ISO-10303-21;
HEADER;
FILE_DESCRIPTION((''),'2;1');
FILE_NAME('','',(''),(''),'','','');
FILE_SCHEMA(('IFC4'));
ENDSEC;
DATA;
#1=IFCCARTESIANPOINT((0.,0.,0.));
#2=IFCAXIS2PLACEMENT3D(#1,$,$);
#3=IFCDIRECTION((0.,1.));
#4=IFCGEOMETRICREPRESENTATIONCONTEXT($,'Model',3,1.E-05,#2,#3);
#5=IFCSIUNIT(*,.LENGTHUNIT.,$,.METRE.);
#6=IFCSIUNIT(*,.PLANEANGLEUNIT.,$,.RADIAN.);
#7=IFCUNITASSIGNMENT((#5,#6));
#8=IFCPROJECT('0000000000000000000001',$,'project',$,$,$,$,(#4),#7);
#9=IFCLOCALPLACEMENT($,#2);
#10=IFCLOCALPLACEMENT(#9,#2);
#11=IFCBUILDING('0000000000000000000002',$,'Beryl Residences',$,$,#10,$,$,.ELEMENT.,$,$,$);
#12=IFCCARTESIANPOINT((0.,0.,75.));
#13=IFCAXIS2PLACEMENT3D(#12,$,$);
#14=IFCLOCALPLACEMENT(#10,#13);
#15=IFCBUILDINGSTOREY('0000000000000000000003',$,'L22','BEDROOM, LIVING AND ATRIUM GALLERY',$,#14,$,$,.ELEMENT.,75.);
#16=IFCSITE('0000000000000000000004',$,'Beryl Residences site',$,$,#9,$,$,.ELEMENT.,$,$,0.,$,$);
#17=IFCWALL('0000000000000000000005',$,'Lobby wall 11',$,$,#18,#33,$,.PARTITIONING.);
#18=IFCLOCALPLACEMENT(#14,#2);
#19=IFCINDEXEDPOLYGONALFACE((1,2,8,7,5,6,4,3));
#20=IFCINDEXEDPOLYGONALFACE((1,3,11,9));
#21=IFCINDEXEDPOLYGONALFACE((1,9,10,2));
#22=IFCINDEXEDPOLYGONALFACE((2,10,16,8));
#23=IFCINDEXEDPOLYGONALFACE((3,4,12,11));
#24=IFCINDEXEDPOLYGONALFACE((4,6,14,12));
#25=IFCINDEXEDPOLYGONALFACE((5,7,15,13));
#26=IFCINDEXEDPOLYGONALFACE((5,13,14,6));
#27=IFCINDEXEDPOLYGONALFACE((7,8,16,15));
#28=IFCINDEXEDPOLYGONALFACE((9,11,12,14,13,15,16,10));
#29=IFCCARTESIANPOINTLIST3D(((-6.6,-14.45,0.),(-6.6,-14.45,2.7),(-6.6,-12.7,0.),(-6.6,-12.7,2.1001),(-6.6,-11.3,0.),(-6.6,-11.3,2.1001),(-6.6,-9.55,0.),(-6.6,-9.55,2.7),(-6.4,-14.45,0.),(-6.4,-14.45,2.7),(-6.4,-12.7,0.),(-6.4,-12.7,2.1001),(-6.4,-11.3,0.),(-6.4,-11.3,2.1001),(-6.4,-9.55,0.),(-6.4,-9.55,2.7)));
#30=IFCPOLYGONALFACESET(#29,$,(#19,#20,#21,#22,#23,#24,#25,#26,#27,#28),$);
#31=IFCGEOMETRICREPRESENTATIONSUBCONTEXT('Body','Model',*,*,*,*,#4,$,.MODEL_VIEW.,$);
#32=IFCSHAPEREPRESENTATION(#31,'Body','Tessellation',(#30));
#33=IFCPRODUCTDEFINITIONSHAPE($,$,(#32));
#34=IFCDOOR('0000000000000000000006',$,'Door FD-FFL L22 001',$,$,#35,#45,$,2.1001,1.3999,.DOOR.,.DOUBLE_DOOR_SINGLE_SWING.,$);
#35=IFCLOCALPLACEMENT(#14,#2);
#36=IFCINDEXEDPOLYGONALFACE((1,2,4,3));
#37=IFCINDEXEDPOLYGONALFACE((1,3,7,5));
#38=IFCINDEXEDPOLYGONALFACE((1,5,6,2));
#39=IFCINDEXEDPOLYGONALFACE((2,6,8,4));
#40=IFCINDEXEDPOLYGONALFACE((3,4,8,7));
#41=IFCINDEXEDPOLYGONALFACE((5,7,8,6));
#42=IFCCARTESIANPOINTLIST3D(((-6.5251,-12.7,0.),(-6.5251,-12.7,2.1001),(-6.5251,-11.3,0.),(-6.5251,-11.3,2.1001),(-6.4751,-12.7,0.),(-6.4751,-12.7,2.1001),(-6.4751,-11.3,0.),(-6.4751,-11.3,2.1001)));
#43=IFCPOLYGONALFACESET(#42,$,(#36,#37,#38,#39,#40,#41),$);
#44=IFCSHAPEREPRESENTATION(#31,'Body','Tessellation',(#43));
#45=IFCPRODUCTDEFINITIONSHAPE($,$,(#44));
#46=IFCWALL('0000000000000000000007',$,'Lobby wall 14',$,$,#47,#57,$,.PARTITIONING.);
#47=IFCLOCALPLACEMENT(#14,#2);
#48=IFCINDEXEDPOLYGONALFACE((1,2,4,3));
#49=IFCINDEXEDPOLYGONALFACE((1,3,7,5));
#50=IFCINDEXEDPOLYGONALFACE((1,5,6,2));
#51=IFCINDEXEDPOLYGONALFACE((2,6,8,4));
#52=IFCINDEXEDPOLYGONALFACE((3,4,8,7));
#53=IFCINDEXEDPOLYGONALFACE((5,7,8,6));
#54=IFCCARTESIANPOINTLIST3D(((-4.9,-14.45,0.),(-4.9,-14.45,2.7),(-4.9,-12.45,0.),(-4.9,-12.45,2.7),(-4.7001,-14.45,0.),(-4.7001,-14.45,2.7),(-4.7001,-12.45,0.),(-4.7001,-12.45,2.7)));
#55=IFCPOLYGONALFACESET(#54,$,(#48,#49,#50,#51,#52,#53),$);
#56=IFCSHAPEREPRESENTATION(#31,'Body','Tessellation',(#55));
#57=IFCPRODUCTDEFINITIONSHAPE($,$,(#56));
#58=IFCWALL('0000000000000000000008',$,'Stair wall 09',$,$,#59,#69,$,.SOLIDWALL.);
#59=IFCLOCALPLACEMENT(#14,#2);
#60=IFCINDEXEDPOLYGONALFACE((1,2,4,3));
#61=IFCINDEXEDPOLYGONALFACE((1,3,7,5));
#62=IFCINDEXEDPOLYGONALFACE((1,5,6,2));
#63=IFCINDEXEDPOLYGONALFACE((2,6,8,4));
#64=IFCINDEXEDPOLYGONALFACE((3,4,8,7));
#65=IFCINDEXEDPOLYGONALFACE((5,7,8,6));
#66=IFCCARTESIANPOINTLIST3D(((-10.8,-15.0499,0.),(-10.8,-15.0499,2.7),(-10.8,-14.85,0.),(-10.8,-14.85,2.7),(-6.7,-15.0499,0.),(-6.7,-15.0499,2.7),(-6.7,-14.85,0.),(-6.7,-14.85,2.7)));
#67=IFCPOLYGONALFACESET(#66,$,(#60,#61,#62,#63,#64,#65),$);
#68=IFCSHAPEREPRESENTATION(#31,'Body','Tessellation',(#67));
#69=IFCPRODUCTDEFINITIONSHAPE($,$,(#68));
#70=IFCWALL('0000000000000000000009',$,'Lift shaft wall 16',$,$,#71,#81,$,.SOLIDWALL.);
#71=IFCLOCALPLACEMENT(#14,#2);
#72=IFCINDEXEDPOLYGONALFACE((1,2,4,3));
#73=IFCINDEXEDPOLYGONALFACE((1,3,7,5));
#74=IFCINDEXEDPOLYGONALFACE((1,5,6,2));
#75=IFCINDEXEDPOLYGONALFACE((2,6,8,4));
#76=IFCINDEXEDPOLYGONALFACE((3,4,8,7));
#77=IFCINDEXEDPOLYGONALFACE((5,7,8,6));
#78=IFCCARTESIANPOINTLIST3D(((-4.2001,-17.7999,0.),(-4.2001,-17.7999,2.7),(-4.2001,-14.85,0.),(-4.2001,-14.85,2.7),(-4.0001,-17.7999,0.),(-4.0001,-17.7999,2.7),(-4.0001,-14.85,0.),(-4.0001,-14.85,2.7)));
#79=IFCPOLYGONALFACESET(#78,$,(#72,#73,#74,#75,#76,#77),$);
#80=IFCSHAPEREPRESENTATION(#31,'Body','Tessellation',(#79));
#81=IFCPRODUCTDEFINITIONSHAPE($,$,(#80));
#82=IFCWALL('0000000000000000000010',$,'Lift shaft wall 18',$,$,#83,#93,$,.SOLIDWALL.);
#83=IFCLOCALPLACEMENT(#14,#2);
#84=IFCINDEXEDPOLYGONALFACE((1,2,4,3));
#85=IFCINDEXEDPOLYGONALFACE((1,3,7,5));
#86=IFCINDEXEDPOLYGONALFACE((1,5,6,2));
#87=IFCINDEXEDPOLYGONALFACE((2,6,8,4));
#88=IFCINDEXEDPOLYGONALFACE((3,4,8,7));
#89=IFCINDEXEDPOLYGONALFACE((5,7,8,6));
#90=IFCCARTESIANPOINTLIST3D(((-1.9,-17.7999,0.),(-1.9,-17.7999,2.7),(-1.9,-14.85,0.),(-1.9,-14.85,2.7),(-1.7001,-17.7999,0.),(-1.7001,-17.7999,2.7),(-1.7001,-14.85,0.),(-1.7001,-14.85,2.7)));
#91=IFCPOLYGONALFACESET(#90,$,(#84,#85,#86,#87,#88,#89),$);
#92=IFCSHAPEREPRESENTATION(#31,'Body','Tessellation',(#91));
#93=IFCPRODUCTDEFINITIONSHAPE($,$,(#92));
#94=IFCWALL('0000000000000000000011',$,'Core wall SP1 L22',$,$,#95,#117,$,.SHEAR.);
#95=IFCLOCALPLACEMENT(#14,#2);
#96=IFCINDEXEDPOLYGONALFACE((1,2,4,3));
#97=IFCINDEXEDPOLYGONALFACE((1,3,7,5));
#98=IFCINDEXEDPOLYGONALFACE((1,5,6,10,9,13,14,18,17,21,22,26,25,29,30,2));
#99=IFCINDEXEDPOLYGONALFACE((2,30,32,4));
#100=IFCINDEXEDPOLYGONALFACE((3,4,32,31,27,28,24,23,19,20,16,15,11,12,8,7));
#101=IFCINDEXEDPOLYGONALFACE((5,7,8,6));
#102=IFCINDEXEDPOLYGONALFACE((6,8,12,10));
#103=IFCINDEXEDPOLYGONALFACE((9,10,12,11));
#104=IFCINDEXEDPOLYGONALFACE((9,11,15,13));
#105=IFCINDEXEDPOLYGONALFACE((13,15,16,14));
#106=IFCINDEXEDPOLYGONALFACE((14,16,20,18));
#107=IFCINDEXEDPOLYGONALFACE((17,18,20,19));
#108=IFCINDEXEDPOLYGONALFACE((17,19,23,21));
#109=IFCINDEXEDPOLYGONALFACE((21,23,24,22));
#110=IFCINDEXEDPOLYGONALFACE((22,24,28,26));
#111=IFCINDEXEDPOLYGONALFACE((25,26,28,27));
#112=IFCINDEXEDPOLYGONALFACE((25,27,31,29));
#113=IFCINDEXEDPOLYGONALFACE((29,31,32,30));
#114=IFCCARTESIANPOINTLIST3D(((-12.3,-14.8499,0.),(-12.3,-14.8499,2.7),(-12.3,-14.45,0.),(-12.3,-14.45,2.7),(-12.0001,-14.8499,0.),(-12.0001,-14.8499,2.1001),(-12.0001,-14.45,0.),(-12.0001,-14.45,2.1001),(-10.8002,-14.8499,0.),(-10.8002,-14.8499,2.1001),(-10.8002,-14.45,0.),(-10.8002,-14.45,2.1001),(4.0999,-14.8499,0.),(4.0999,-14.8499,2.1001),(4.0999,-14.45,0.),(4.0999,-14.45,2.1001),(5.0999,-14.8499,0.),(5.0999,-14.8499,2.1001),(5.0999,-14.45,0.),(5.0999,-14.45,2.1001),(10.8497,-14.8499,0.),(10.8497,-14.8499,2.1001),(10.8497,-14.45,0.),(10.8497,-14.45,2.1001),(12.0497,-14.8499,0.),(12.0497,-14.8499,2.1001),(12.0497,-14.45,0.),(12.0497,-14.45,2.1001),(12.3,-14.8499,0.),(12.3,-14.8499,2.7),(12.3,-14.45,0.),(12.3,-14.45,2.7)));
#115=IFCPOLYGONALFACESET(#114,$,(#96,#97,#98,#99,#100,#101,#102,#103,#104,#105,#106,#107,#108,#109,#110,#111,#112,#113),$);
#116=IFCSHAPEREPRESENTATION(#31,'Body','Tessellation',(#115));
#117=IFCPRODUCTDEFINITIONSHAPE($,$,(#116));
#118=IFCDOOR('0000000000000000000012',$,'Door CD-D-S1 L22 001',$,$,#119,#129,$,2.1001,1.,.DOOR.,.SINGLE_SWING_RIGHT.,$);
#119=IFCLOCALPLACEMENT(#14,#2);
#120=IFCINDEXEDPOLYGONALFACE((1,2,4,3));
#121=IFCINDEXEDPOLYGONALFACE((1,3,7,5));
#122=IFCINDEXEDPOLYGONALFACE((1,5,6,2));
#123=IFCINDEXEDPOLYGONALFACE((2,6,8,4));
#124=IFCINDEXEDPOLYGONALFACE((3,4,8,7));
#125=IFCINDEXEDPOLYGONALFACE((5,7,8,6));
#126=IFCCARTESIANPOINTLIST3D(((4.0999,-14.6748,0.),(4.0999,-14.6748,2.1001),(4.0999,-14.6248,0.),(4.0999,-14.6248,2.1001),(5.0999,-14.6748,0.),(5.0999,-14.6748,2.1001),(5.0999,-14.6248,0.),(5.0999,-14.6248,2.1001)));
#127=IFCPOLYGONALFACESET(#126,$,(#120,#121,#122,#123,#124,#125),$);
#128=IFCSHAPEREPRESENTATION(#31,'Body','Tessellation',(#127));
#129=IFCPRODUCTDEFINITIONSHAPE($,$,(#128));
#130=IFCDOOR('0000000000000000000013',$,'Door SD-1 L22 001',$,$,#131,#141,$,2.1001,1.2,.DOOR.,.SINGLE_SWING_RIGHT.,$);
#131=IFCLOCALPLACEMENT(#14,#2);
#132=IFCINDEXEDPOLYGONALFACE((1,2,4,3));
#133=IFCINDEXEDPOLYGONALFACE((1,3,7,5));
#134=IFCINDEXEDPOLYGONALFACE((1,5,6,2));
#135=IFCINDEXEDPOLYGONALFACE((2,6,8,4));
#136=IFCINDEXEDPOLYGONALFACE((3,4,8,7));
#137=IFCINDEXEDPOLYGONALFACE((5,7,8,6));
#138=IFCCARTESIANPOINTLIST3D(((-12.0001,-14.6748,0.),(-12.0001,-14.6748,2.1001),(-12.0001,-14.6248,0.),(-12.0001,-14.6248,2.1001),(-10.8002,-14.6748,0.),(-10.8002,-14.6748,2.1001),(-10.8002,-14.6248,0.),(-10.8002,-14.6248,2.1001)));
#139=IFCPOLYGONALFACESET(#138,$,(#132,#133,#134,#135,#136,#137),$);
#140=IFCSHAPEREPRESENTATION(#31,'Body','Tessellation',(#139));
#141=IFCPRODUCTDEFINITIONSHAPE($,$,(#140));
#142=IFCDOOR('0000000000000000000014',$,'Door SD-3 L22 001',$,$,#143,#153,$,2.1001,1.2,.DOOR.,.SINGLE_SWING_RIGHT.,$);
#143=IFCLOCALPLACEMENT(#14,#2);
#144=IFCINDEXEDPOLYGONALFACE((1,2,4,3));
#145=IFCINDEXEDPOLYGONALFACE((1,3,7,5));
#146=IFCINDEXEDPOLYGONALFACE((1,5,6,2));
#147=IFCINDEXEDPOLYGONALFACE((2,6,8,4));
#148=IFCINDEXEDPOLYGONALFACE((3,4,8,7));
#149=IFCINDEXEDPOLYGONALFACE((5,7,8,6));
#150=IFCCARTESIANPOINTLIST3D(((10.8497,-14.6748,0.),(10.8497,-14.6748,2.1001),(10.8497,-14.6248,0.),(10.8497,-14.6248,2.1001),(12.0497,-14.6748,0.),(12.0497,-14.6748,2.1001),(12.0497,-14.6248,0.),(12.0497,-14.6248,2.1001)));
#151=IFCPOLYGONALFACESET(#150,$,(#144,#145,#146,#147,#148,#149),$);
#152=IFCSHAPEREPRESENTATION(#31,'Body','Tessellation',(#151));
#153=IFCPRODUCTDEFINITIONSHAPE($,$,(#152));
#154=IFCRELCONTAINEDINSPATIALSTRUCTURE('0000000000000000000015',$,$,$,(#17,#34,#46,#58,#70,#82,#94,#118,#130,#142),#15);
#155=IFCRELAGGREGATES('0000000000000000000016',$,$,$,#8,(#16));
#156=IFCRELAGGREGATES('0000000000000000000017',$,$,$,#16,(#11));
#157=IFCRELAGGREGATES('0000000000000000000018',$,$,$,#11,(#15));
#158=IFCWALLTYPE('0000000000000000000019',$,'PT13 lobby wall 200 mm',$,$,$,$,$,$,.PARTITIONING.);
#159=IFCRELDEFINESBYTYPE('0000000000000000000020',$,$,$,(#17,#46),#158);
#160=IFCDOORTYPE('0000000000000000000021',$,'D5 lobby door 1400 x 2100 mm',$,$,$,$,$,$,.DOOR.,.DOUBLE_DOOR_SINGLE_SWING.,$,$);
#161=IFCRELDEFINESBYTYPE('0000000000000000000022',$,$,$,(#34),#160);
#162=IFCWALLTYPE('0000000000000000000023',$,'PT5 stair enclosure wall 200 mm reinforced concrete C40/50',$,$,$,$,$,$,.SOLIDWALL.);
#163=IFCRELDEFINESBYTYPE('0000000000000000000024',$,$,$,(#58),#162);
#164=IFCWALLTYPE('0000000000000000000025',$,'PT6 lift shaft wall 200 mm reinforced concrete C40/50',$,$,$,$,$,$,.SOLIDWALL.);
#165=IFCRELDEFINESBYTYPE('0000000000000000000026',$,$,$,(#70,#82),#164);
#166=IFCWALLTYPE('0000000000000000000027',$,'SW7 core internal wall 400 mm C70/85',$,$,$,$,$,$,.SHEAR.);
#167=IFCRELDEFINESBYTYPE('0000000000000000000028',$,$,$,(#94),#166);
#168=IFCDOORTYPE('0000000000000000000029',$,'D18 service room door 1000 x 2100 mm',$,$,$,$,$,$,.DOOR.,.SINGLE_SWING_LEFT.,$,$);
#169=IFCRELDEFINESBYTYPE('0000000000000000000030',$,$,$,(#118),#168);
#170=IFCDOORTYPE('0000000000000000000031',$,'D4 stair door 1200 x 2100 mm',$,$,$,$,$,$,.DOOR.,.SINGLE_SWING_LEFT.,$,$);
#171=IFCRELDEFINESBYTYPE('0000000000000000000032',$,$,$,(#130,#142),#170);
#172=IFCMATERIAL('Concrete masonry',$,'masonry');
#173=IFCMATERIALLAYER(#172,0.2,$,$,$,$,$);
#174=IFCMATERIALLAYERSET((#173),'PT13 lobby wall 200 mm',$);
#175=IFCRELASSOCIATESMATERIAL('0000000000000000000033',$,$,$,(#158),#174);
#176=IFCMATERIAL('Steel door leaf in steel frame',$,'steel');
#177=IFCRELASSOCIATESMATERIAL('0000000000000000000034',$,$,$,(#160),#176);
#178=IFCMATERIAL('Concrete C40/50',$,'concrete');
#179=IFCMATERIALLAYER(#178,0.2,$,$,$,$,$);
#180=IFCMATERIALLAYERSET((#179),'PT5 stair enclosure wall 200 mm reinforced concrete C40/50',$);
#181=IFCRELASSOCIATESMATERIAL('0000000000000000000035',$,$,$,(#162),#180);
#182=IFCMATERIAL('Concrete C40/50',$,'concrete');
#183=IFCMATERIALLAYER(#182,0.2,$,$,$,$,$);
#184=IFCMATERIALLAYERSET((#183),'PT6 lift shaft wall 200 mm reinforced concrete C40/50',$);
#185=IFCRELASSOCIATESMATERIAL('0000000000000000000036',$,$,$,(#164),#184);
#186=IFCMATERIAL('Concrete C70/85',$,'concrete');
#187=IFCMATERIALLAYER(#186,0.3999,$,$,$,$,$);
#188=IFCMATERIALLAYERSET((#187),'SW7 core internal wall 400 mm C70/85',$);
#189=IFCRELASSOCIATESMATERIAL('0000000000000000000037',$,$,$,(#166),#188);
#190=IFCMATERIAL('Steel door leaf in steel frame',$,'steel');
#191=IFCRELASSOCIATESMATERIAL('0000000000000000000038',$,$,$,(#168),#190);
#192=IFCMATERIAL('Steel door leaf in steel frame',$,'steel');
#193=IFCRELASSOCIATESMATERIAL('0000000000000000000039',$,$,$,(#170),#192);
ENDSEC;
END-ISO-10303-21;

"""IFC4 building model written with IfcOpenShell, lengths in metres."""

from ifc_helpers import new_model, si_unit, direction, frame, frame_2d, origin, place, context, subcontext, project, spatial, rectangle, extrude, material, layer, layer_set, type_object, element, fill, save


model = new_model("IFC4")

# Units and contexts
model_context = context("Model", 3, precision=1e-05, world=origin(), true_north=direction((0.0, 1.0)))
body_context = subcontext(model_context, "Body", "Model", "MODEL_VIEW")
ifc_project = project(units=[si_unit("LENGTHUNIT", "METRE"), si_unit("PLANEANGLEUNIT", "RADIAN")], contexts=[model_context])

# Site, building, storey
site_placement = place(None, origin())
site = spatial("IfcSite", under=ifc_project, at=site_placement, Name="Beryl Residences site", CompositionType="ELEMENT", RefElevation=0.0)
building_placement = place(site_placement, origin())
building = spatial("IfcBuilding", under=site, at=building_placement, Name="Beryl Residences", CompositionType="ELEMENT")
storey_placement = place(building_placement, frame((0.0, 0.0, 75.0)))
storey = spatial("IfcBuildingStorey", under=building, at=storey_placement, Name="L22", Description="BEDROOM, LIVING AND ATRIUM GALLERY", CompositionType="ELEMENT", Elevation=75.0)

# Wall, opening, door
ifc_material_1 = material(Name="Concrete masonry", Category="masonry")
ifc_layer_1 = layer(ifc_material_1, 0.2)
ifc_layer_set_1 = layer_set([ifc_layer_1], Name="PT13 lobby wall 200 mm")
wall_type_1 = type_object("IfcWallType", Name="PT13 lobby wall 200 mm", PredefinedType="PARTITIONING", material=ifc_layer_set_1)
wall_1_placement = place(storey_placement, frame((-6.5, -14.45, 0.0), z_axis=(0.0, 0.0, 1.0), x_axis=(0.0, 1.0, 0.0)))
wall_1 = element("IfcWall", 1, at=wall_1_placement, inside=storey, type_object=wall_type_1, Name="Lobby wall 11", PredefinedType="PARTITIONING", context=body_context, shape_type="SweptSolid", body=[
    extrude(rectangle(XDim=4.8999, YDim=0.2, at=frame_2d((2.45, 0.0))), origin(), (0.0, 0.0, 1.0), 2.7),
])
opening_1_placement = place(wall_1_placement, frame((3.1499, 0.0, 0.0), z_axis=(0.0, 0.0, 1.0), x_axis=(-1.0, 0.0, 0.0)))
opening_1 = element("IfcOpeningElement", 2, at=opening_1_placement, cuts=wall_1, PredefinedType="OPENING", context=body_context, shape_type="SweptSolid", body=[
    extrude(rectangle(XDim=1.3999, YDim=2.1001, at=frame_2d((0.7, 1.05))), frame((0.0, 0.1099, 0.0), z_axis=(0.0, -1.0, 0.0), x_axis=(1.0, 0.0, 0.0)), (0.0, 0.0, 1.0), 0.22),
])
ifc_material_2 = material(Name="Steel door leaf in steel frame", Category="steel")
door_type_1 = type_object("IfcDoorType", Name="D5 lobby door 1400 x 2100 mm", OperationType="DOUBLE_DOOR_SINGLE_SWING", PredefinedType="DOOR", material=ifc_material_2)
door_1_placement = place(opening_1_placement, origin())
door_1 = element("IfcDoor", 3, at=door_1_placement, inside=storey, type_object=door_type_1, Name="Door FD-FFL L22 001", OperationType="DOUBLE_DOOR_SINGLE_SWING", OverallHeight=2.1001, OverallWidth=1.3999, PredefinedType="DOOR", context=body_context, shape_type="SweptSolid", body=[
    extrude(rectangle(XDim=1.3999, YDim=2.1001, at=frame_2d((0.7, 1.05))), frame((0.0, 0.0249, 0.0), z_axis=(0.0, -1.0, 0.0), x_axis=(1.0, 0.0, 0.0)), (0.0, 0.0, 1.0), 0.05),
])
fill(opening_1, door_1)

# Walls
wall_2_placement = place(storey_placement, frame((-4.8, -14.45, 0.0), z_axis=(0.0, 0.0, 1.0), x_axis=(0.0, 1.0, 0.0)))
element("IfcWall", 4, at=wall_2_placement, inside=storey, type_object=wall_type_1, Name="Lobby wall 14", PredefinedType="PARTITIONING", context=body_context, shape_type="SweptSolid", body=[
    extrude(rectangle(XDim=2.0, YDim=0.2, at=frame_2d((1.0, 0.0))), origin(), (0.0, 0.0, 1.0), 2.7),
])
ifc_material_3 = material(Name="Concrete C40/50", Category="concrete")
ifc_layer_2 = layer(ifc_material_3, 0.2)
ifc_layer_set_2 = layer_set([ifc_layer_2], Name="PT5 stair enclosure wall 200 mm reinforced concrete C40/50")
wall_type_2 = type_object("IfcWallType", Name="PT5 stair enclosure wall 200 mm reinforced concrete C40/50", PredefinedType="SOLIDWALL", material=ifc_layer_set_2)
wall_3_placement = place(storey_placement, frame((-10.8, -14.95, 0.0), z_axis=(0.0, 0.0, 1.0), x_axis=(1.0, 0.0, 0.0)))
element("IfcWall", 5, at=wall_3_placement, inside=storey, type_object=wall_type_2, Name="Stair wall 09", PredefinedType="SOLIDWALL", context=body_context, shape_type="SweptSolid", body=[
    extrude(rectangle(XDim=4.1001, YDim=0.2, at=frame_2d((2.05, 0.0))), origin(), (0.0, 0.0, 1.0), 2.7),
])
ifc_material_4 = material(Name="Concrete C40/50", Category="concrete")
ifc_layer_3 = layer(ifc_material_4, 0.2)
ifc_layer_set_3 = layer_set([ifc_layer_3], Name="PT6 lift shaft wall 200 mm reinforced concrete C40/50")
wall_type_3 = type_object("IfcWallType", Name="PT6 lift shaft wall 200 mm reinforced concrete C40/50", PredefinedType="SOLIDWALL", material=ifc_layer_set_3)
for number, where, z_axis, x_axis, name in (
    (6, (-4.1001, -17.8, 0.0), (0.0, 0.0, 1.0), (0.0, 1.0, 0.0), "Lift shaft wall 16"),
    (7, (-1.8, -17.8, 0.0), (0.0, 0.0, 1.0), (0.0, 1.0, 0.0), "Lift shaft wall 18"),
):
    element("IfcWall", number, at=place(storey_placement, frame(where, z_axis=z_axis, x_axis=x_axis)), inside=storey, type_object=wall_type_3, Name=name, PredefinedType="SOLIDWALL", context=body_context, shape_type="SweptSolid", body=[
        extrude(rectangle(XDim=2.95, YDim=0.2, at=frame_2d((1.4751, 0.0))), origin(), (0.0, 0.0, 1.0), 2.7),
    ])

# Wall, openings, doors
ifc_material_5 = material(Name="Concrete C70/85", Category="concrete")
ifc_layer_4 = layer(ifc_material_5, 0.3999)
ifc_layer_set_4 = layer_set([ifc_layer_4], Name="SW7 core internal wall 400 mm C70/85")
wall_type_4 = type_object("IfcWallType", Name="SW7 core internal wall 400 mm C70/85", PredefinedType="SHEAR", material=ifc_layer_set_4)
wall_4_placement = place(storey_placement, frame((-12.3, -14.6499, 0.0), z_axis=(0.0, 0.0, 1.0), x_axis=(1.0, 0.0, 0.0)))
wall_4 = element("IfcWall", 8, at=wall_4_placement, inside=storey, type_object=wall_type_4, Name="Core wall SP1 L22", PredefinedType="SHEAR", context=body_context, shape_type="SweptSolid", body=[
    extrude(rectangle(XDim=24.6001, YDim=0.3999, at=frame_2d((12.3, 0.0))), origin(), (0.0, 0.0, 1.0), 2.7),
])
opening_2_placement = place(wall_4_placement, frame((1.5, 0.0, 0.0), z_axis=(0.0, 0.0, 1.0), x_axis=(-1.0, 0.0, 0.0)))
opening_2 = element("IfcOpeningElement", 9, at=opening_2_placement, cuts=wall_4, PredefinedType="OPENING", context=body_context, shape_type="SweptSolid", body=[
    extrude(rectangle(XDim=1.2, YDim=2.1001, at=frame_2d((0.6001, 1.05))), frame((0.0, 0.21, 0.0), z_axis=(0.0, -1.0, 0.0), x_axis=(1.0, 0.0, 0.0)), (0.0, 0.0, 1.0), 0.4199),
])
opening_3_placement = place(wall_4_placement, frame((24.3499, 0.0, 0.0), z_axis=(0.0, 0.0, 1.0), x_axis=(-1.0, 0.0, 0.0)))
opening_3 = element("IfcOpeningElement", 10, at=opening_3_placement, cuts=wall_4, PredefinedType="OPENING", context=body_context, shape_type="SweptSolid", body=[
    extrude(rectangle(XDim=1.2, YDim=2.1001, at=frame_2d((0.6001, 1.05))), frame((0.0, 0.21, 0.0), z_axis=(0.0, -1.0, 0.0), x_axis=(1.0, 0.0, 0.0)), (0.0, 0.0, 1.0), 0.4199),
])
opening_4_placement = place(wall_4_placement, frame((17.3999, 0.0, 0.0), z_axis=(0.0, 0.0, 1.0), x_axis=(-1.0, 0.0, 0.0)))
opening_4 = element("IfcOpeningElement", 11, at=opening_4_placement, cuts=wall_4, PredefinedType="OPENING", context=body_context, shape_type="SweptSolid", body=[
    extrude(rectangle(XDim=1.0, YDim=2.1001, at=frame_2d((0.5, 1.05))), frame((0.0, 0.21, 0.0), z_axis=(0.0, -1.0, 0.0), x_axis=(1.0, 0.0, 0.0)), (0.0, 0.0, 1.0), 0.4199),
])
ifc_material_6 = material(Name="Steel door leaf in steel frame", Category="steel")
door_type_2 = type_object("IfcDoorType", Name="D18 service room door 1000 x 2100 mm", OperationType="SINGLE_SWING_LEFT", PredefinedType="DOOR", material=ifc_material_6)
door_2_placement = place(opening_4_placement, origin())
door_2 = element("IfcDoor", 12, at=door_2_placement, inside=storey, type_object=door_type_2, Name="Door CD-D-S1 L22 001", OperationType="SINGLE_SWING_RIGHT", OverallHeight=2.1001, OverallWidth=1.0, PredefinedType="DOOR", context=body_context, shape_type="SweptSolid", body=[
    extrude(rectangle(XDim=1.0, YDim=2.1001, at=frame_2d((0.5, 1.05))), frame((0.0, 0.0249, 0.0), z_axis=(0.0, -1.0, 0.0), x_axis=(1.0, 0.0, 0.0)), (0.0, 0.0, 1.0), 0.05),
])
fill(opening_4, door_2)
ifc_material_7 = material(Name="Steel door leaf in steel frame", Category="steel")
door_type_3 = type_object("IfcDoorType", Name="D4 stair door 1200 x 2100 mm", OperationType="SINGLE_SWING_LEFT", PredefinedType="DOOR", material=ifc_material_7)
door_3_placement = place(opening_2_placement, origin())
door_3 = element("IfcDoor", 13, at=door_3_placement, inside=storey, type_object=door_type_3, Name="Door SD-1 L22 001", OperationType="SINGLE_SWING_RIGHT", OverallHeight=2.1001, OverallWidth=1.2, PredefinedType="DOOR", context=body_context, shape_type="SweptSolid", body=[
    extrude(rectangle(XDim=1.2, YDim=2.1001, at=frame_2d((0.6001, 1.05))), frame((0.0, 0.0249, 0.0), z_axis=(0.0, -1.0, 0.0), x_axis=(1.0, 0.0, 0.0)), (0.0, 0.0, 1.0), 0.05),
])
fill(opening_2, door_3)
door_4_placement = place(opening_3_placement, origin())
door_4 = element("IfcDoor", 14, at=door_4_placement, inside=storey, type_object=door_type_3, Name="Door SD-3 L22 001", OperationType="SINGLE_SWING_RIGHT", OverallHeight=2.1001, OverallWidth=1.2, PredefinedType="DOOR", context=body_context, shape_type="SweptSolid", body=[
    extrude(rectangle(XDim=1.2, YDim=2.1001, at=frame_2d((0.6001, 1.05))), frame((0.0, 0.0249, 0.0), z_axis=(0.0, -1.0, 0.0), x_axis=(1.0, 0.0, 0.0)), (0.0, 0.0, 1.0), 0.05),
])
fill(opening_3, door_4)

save(model, "model.ifc")
